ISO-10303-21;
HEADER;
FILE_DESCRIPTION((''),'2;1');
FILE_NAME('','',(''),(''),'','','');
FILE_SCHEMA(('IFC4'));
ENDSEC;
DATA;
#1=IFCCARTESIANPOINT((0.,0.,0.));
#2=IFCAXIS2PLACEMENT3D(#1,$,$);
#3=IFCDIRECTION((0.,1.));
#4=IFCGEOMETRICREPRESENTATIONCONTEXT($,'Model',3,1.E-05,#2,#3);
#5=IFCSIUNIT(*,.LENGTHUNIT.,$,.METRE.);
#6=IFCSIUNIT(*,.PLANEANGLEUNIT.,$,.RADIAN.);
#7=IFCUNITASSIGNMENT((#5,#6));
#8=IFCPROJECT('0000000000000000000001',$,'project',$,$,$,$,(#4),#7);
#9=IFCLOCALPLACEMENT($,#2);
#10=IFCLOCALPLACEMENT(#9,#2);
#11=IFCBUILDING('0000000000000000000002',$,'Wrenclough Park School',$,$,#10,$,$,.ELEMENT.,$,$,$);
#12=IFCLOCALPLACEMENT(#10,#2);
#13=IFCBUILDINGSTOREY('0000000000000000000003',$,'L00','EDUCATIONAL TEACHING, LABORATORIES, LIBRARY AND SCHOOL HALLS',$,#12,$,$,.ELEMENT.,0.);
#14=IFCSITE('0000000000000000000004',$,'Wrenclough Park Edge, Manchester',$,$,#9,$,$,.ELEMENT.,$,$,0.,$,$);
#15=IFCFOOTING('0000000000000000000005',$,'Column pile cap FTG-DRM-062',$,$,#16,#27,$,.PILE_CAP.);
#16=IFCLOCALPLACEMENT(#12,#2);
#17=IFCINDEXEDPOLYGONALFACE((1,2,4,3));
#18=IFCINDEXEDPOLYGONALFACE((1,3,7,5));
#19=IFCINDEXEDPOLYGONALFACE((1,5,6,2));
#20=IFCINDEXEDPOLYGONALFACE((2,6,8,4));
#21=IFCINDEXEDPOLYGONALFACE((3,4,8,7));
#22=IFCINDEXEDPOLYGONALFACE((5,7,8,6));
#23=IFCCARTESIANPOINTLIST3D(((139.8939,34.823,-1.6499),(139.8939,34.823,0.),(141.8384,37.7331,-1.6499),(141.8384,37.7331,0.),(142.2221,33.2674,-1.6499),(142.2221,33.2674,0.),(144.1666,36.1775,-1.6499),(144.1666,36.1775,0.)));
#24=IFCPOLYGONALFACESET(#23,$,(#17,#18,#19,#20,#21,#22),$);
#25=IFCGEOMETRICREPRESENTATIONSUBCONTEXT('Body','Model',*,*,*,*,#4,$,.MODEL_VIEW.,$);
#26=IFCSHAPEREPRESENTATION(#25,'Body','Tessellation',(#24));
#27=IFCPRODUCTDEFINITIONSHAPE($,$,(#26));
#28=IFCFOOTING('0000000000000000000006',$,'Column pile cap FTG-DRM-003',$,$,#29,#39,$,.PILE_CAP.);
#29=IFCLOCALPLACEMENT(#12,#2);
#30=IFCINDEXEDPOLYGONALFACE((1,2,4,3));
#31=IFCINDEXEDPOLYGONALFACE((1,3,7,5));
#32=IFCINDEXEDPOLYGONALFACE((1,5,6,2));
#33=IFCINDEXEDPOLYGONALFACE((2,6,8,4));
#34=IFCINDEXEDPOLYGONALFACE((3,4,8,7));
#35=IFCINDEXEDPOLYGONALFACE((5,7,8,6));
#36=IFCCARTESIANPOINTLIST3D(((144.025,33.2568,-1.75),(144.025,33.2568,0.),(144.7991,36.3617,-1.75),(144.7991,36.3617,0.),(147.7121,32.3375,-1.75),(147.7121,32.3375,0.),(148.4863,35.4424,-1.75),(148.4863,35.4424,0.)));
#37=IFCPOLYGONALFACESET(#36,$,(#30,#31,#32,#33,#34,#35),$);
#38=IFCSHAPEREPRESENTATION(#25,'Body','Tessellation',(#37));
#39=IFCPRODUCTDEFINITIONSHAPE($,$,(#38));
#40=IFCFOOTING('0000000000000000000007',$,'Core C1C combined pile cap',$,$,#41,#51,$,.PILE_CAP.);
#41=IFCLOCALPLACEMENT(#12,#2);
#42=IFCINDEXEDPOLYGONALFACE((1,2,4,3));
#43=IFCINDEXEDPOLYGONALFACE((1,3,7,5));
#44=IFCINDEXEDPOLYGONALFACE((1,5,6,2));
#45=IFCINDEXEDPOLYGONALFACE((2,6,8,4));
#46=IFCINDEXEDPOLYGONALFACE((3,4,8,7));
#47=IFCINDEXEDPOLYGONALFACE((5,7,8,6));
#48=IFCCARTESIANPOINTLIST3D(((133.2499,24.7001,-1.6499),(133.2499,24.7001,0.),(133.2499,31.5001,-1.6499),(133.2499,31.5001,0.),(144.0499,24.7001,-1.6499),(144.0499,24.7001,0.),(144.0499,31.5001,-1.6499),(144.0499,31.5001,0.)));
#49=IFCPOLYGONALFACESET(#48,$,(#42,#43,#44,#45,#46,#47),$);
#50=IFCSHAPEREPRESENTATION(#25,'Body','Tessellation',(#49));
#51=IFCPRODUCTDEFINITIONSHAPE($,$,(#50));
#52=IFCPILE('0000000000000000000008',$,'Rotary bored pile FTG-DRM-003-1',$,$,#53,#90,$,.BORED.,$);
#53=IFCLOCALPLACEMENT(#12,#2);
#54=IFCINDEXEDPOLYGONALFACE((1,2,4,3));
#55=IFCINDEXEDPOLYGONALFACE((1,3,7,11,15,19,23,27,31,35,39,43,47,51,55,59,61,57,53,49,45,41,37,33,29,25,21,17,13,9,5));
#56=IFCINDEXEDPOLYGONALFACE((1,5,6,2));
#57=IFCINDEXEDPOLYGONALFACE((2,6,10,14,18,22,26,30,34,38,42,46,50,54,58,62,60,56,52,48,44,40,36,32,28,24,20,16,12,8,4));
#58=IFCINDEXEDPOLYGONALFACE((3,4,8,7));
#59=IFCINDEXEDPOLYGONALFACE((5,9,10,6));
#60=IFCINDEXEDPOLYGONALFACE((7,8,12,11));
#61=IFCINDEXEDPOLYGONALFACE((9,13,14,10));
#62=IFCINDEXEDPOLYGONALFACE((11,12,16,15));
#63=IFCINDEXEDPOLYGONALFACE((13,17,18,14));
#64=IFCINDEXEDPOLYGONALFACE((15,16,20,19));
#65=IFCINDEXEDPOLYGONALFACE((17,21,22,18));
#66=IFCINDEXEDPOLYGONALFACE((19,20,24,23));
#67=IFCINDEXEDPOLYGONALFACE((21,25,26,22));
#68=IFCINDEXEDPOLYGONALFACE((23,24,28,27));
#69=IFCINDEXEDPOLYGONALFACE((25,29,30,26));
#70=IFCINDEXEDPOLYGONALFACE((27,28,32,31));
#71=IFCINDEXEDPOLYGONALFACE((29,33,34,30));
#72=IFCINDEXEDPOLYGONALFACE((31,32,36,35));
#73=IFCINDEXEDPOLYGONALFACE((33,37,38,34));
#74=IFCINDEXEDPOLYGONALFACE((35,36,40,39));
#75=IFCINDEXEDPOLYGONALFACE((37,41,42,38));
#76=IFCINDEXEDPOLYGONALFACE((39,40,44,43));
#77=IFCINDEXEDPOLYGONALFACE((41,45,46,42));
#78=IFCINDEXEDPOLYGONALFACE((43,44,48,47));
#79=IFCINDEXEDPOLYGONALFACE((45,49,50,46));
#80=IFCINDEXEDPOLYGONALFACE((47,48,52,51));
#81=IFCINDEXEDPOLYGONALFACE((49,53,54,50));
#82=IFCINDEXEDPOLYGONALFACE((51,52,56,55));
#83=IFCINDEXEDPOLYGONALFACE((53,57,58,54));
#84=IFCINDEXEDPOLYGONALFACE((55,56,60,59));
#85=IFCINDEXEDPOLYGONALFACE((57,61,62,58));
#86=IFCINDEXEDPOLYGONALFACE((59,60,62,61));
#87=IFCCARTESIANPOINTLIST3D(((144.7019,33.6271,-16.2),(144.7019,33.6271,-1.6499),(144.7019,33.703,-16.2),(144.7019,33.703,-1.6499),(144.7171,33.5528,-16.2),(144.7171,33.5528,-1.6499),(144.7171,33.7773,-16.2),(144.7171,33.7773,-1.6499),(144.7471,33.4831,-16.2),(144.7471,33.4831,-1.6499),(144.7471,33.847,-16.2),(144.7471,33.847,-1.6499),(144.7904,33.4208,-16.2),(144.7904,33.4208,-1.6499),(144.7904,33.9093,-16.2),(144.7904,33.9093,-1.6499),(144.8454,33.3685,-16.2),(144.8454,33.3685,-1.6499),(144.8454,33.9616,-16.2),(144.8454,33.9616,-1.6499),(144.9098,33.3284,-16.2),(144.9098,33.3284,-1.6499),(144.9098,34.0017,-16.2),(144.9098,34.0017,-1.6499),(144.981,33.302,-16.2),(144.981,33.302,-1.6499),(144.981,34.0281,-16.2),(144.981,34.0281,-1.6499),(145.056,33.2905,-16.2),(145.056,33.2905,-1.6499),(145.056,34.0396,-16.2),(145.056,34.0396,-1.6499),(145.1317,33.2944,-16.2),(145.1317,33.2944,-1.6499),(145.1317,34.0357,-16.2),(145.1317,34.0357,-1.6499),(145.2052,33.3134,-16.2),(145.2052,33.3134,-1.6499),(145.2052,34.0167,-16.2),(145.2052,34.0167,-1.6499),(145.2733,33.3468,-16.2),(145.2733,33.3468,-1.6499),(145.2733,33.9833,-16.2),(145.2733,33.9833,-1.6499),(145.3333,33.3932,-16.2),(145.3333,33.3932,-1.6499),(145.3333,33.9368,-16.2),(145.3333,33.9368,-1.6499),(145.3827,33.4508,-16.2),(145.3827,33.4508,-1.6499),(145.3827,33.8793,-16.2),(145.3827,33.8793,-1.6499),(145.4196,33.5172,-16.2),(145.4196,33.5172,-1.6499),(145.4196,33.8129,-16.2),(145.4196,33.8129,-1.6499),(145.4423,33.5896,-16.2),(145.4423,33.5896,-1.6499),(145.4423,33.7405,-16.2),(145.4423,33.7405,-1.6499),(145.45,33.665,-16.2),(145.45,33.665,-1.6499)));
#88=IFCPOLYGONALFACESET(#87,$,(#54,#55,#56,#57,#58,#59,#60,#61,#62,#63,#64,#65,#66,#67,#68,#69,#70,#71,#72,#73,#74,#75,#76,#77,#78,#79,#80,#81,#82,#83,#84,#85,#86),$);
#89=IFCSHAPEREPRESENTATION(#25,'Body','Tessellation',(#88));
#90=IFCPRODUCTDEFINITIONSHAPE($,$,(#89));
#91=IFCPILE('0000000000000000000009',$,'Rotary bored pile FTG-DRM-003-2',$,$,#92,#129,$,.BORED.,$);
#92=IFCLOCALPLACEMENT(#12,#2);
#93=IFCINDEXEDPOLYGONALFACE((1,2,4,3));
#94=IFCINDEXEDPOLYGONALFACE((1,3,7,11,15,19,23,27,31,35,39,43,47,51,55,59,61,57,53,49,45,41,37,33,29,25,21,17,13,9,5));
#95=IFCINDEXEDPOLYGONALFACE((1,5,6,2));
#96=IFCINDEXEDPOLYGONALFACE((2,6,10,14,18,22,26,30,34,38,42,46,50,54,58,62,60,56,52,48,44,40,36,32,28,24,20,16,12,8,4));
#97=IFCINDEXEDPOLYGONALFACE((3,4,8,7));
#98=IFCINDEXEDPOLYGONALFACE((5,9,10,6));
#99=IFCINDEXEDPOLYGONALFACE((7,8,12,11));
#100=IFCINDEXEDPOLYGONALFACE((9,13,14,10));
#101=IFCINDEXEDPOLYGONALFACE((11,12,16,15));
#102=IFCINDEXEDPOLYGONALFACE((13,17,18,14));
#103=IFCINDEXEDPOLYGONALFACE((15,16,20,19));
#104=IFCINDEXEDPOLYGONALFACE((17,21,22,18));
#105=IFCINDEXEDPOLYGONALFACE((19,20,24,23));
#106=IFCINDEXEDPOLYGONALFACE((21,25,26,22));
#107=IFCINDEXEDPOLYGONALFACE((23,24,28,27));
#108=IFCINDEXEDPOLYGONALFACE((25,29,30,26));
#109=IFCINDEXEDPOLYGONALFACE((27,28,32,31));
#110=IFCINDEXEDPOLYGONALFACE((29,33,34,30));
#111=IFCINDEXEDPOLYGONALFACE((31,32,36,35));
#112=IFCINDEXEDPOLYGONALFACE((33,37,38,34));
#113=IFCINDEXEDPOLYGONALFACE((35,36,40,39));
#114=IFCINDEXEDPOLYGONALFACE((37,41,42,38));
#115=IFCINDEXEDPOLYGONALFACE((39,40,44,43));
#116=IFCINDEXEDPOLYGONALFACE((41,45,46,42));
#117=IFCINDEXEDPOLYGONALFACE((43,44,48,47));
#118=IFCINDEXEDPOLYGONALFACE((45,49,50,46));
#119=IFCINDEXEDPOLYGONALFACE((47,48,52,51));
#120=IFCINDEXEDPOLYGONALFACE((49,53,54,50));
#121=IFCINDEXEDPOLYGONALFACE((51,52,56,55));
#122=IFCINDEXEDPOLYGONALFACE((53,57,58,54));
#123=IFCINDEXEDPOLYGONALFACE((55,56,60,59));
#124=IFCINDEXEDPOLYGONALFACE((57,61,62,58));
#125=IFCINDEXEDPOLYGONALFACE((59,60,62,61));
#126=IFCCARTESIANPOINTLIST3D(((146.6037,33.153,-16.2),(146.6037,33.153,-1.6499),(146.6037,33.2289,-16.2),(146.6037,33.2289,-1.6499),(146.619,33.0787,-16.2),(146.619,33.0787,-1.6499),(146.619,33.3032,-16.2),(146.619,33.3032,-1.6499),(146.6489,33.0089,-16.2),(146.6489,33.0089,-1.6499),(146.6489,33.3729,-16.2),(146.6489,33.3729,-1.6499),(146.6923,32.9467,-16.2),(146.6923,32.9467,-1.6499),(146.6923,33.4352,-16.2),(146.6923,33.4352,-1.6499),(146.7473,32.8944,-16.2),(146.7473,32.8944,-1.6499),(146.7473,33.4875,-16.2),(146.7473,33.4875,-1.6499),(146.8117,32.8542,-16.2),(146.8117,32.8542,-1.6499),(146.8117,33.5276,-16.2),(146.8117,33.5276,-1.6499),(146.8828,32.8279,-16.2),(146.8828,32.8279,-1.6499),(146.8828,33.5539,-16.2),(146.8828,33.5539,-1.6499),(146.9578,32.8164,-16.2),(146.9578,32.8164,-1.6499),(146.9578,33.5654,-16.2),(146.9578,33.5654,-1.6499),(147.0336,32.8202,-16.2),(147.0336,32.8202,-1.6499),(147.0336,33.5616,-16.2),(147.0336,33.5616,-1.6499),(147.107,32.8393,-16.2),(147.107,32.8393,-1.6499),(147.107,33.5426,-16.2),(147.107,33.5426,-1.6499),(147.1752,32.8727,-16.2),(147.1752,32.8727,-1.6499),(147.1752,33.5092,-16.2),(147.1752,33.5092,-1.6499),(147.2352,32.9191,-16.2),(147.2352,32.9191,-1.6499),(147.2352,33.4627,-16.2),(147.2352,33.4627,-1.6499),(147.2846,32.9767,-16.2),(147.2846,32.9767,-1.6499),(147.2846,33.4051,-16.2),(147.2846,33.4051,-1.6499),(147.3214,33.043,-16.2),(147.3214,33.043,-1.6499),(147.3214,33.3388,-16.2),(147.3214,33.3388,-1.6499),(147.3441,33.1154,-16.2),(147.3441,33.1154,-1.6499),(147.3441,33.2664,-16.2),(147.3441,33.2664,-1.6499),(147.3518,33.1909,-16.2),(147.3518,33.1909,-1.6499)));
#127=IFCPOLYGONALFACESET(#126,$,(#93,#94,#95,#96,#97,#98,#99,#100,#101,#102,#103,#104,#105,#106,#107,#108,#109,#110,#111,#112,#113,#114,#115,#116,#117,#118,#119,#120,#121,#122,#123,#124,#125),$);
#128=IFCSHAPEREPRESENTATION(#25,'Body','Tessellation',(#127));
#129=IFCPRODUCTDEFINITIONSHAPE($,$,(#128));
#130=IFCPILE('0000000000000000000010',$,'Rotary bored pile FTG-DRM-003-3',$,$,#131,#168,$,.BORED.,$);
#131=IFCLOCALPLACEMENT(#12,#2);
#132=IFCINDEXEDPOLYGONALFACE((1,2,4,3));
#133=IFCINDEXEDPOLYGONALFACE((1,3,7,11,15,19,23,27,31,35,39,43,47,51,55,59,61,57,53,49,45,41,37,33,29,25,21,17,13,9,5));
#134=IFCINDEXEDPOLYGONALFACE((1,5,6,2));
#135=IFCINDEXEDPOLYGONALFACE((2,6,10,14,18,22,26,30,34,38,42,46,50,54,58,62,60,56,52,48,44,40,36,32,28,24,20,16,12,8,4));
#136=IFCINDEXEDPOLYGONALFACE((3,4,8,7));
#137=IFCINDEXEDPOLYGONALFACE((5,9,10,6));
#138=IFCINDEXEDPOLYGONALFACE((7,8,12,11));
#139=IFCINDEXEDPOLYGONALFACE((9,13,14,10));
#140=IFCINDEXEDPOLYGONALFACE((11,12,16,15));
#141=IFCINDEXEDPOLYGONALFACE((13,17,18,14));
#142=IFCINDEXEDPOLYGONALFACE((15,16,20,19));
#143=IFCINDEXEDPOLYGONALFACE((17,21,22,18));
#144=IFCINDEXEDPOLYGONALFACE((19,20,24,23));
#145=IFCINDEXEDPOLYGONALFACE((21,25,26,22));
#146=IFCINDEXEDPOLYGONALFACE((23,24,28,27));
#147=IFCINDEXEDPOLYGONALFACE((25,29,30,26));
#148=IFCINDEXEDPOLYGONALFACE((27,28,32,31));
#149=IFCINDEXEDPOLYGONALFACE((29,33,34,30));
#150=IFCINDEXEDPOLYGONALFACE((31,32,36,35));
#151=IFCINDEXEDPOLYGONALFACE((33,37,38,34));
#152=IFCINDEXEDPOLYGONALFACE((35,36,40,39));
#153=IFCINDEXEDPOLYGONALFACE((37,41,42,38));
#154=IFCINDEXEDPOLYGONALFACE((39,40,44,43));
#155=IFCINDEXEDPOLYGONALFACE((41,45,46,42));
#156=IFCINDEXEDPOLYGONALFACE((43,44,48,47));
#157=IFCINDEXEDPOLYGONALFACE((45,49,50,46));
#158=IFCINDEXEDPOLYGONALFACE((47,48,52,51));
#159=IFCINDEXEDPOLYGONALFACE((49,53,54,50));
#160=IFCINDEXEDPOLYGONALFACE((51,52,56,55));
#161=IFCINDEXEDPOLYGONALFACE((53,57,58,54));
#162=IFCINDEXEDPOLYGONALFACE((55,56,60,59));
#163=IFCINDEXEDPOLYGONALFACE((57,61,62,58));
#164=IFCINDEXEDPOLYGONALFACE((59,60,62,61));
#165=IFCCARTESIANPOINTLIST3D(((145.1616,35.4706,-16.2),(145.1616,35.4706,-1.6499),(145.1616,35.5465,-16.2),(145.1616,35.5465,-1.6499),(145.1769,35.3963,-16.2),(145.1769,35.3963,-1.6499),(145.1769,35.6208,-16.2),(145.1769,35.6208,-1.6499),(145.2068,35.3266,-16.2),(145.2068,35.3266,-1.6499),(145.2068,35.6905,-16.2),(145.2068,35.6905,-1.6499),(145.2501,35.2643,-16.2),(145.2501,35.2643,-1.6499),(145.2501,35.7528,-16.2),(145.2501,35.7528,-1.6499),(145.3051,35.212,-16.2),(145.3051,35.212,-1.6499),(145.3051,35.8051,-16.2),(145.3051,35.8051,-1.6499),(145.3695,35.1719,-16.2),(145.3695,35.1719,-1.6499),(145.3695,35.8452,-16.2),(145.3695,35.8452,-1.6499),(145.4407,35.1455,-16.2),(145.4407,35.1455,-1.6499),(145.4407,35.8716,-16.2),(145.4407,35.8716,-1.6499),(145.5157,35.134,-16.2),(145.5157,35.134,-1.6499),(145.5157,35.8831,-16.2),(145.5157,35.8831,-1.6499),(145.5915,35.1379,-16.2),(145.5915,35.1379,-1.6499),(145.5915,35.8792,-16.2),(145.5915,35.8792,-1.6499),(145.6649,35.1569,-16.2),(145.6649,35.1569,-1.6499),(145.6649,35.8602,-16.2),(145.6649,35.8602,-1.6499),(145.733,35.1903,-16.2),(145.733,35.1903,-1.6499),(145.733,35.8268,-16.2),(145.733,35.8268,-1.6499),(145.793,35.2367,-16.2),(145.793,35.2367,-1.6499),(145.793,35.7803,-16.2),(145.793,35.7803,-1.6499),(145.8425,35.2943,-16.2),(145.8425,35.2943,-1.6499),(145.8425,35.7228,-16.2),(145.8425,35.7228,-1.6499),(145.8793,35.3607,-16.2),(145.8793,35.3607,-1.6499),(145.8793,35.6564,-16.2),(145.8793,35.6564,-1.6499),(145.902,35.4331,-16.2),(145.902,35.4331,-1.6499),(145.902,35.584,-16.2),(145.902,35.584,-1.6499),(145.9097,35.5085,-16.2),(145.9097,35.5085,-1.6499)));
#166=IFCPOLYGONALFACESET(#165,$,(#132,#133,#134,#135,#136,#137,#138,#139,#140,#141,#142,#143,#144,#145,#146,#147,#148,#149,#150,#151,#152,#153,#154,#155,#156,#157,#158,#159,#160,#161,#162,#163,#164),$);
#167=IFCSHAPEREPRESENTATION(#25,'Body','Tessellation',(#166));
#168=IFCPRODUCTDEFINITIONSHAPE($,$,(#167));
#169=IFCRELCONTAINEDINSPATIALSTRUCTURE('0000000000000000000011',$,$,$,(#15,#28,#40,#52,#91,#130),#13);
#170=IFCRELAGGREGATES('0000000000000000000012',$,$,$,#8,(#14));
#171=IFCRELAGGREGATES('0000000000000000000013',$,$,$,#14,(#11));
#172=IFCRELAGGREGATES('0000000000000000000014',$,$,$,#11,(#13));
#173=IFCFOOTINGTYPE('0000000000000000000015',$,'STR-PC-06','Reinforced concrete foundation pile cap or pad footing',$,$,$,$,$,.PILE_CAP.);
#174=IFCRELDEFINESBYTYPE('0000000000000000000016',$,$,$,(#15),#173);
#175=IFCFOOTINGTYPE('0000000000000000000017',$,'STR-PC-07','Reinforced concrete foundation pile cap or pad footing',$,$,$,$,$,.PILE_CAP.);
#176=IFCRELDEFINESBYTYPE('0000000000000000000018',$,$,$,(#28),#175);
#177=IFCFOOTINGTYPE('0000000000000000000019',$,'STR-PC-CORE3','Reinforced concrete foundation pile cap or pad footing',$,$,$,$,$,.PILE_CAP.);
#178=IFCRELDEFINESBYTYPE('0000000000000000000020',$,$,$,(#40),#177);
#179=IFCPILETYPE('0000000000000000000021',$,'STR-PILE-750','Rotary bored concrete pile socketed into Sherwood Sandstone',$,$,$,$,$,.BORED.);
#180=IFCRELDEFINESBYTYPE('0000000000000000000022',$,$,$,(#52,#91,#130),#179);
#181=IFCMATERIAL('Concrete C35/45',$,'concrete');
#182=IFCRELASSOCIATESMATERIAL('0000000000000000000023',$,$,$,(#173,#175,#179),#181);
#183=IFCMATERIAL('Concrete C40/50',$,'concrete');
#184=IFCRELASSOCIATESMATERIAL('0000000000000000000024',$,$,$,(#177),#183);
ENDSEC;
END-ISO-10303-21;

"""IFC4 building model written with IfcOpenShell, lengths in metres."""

from ifc_helpers import new_model, si_unit, direction, frame, origin, origin_2d, place, context, subcontext, project, spatial, rectangle, circle, extrude, material, material_profile, profile_set, type_object, element, save


model = new_model("IFC4")

# Units and contexts
model_context = context("Model", 3, precision=1e-05, world=origin(), true_north=direction((0.0, 1.0)))
body_context = subcontext(model_context, "Body", "Model", "MODEL_VIEW")
ifc_project = project(units=[si_unit("LENGTHUNIT", "METRE"), si_unit("PLANEANGLEUNIT", "RADIAN")], contexts=[model_context])

# Site, building, storey
site_placement = place(None, origin())
site = spatial("IfcSite", under=ifc_project, at=site_placement, Name="Wrenclough Park Edge, Manchester", CompositionType="ELEMENT", RefElevation=0.0)
building_placement = place(site_placement, origin())
building = spatial("IfcBuilding", under=site, at=building_placement, Name="Wrenclough Park School", CompositionType="ELEMENT")
storey_placement = place(building_placement, origin())
storey = spatial("IfcBuildingStorey", under=building, at=storey_placement, Name="L00", Description="EDUCATIONAL TEACHING, LABORATORIES, LIBRARY AND SCHOOL HALLS", CompositionType="ELEMENT", Elevation=0.0)

# Footings
ifc_material_1 = material(Name="Concrete C35/45", Category="concrete")
footing_type_1 = type_object("IfcFootingType", Name="STR-PC-06", Description="Reinforced concrete foundation pile cap or pad footing", PredefinedType="PILE_CAP", material=ifc_material_1)
footing_1_placement = place(storey_placement, frame((142.0303, 35.5002, -1.6499), z_axis=(0.0, 0.0, 1.0), x_axis=(-0.55557, -0.83147, 0.0)))
element("IfcFooting", 1, at=footing_1_placement, inside=storey, type_object=footing_type_1, Name="Column pile cap FTG-DRM-062", PredefinedType="PILE_CAP", context=body_context, shape_type="SweptSolid", body=[
    extrude(rectangle(XDim=3.5, YDim=2.8, at=origin_2d()), origin(), (0.0, 0.0, 1.0), 1.6499),
])
footing_type_2 = type_object("IfcFootingType", Name="STR-PC-07", Description="Reinforced concrete foundation pile cap or pad footing", PredefinedType="PILE_CAP", material=ifc_material_1)
footing_2_placement = place(storey_placement, frame((146.2556, 34.3496, -1.75), z_axis=(0.0, 0.0, 1.0), x_axis=(0.970296, -0.241922, 0.0)))
element("IfcFooting", 2, at=footing_2_placement, inside=storey, type_object=footing_type_2, Name="Column pile cap FTG-DRM-003", PredefinedType="PILE_CAP", context=body_context, shape_type="SweptSolid", body=[
    extrude(rectangle(XDim=3.8, YDim=3.2, at=origin_2d()), origin(), (0.0, 0.0, 1.0), 1.75),
])
ifc_material_2 = material(Name="Concrete C40/50", Category="concrete")
footing_type_3 = type_object("IfcFootingType", Name="STR-PC-CORE3", Description="Reinforced concrete foundation pile cap or pad footing", PredefinedType="PILE_CAP", material=ifc_material_2)
footing_3_placement = place(storey_placement, frame((138.6499, 28.1001, -1.6499), z_axis=(0.0, 0.0, 1.0), x_axis=(1.0, 0.0, 0.0)))
element("IfcFooting", 3, at=footing_3_placement, inside=storey, type_object=footing_type_3, Name="Core C1C combined pile cap", PredefinedType="PILE_CAP", context=body_context, shape_type="SweptSolid", body=[
    extrude(rectangle(XDim=10.8, YDim=6.8, at=origin_2d()), origin(), (0.0, 0.0, 1.0), 1.6499),
])

# Piles
ifc_material_profile_1 = material_profile(ifc_material_1, circle(Radius=0.375, at=origin_2d()), Name="BORED PILE D750")
ifc_profile_set_1 = profile_set([ifc_material_profile_1], Name="Concrete C35/45")
pile_type_1 = type_object("IfcPileType", Name="STR-PILE-750", Description="Rotary bored concrete pile socketed into Sherwood Sandstone", PredefinedType="BORED", material=ifc_profile_set_1)
for number, where, z_axis, x_axis, name in (
    (4, (145.075, 33.665, -1.6499), (0.0, 0.0, -1.0), (1.0, 0.0, 0.0), "Rotary bored pile FTG-DRM-003-1"),
    (5, (146.9768, 33.1909, -1.6499), (0.0, 0.0, -1.0), (1.0, 0.0, 0.0), "Rotary bored pile FTG-DRM-003-2"),
    (6, (145.5347, 35.5085, -1.6499), (0.0, 0.0, -1.0), (1.0, 0.0, 0.0), "Rotary bored pile FTG-DRM-003-3"),
):
    element("IfcPile", number, at=place(storey_placement, frame(where, z_axis=z_axis, x_axis=x_axis)), inside=storey, type_object=pile_type_1, Name=name, PredefinedType="BORED", context=body_context, shape_type="SweptSolid", body=[
        extrude(circle(Radius=0.375, at=origin_2d()), origin(), (0.0, 0.0, 1.0), 14.55),
    ])

save(model, "model.ifc")
